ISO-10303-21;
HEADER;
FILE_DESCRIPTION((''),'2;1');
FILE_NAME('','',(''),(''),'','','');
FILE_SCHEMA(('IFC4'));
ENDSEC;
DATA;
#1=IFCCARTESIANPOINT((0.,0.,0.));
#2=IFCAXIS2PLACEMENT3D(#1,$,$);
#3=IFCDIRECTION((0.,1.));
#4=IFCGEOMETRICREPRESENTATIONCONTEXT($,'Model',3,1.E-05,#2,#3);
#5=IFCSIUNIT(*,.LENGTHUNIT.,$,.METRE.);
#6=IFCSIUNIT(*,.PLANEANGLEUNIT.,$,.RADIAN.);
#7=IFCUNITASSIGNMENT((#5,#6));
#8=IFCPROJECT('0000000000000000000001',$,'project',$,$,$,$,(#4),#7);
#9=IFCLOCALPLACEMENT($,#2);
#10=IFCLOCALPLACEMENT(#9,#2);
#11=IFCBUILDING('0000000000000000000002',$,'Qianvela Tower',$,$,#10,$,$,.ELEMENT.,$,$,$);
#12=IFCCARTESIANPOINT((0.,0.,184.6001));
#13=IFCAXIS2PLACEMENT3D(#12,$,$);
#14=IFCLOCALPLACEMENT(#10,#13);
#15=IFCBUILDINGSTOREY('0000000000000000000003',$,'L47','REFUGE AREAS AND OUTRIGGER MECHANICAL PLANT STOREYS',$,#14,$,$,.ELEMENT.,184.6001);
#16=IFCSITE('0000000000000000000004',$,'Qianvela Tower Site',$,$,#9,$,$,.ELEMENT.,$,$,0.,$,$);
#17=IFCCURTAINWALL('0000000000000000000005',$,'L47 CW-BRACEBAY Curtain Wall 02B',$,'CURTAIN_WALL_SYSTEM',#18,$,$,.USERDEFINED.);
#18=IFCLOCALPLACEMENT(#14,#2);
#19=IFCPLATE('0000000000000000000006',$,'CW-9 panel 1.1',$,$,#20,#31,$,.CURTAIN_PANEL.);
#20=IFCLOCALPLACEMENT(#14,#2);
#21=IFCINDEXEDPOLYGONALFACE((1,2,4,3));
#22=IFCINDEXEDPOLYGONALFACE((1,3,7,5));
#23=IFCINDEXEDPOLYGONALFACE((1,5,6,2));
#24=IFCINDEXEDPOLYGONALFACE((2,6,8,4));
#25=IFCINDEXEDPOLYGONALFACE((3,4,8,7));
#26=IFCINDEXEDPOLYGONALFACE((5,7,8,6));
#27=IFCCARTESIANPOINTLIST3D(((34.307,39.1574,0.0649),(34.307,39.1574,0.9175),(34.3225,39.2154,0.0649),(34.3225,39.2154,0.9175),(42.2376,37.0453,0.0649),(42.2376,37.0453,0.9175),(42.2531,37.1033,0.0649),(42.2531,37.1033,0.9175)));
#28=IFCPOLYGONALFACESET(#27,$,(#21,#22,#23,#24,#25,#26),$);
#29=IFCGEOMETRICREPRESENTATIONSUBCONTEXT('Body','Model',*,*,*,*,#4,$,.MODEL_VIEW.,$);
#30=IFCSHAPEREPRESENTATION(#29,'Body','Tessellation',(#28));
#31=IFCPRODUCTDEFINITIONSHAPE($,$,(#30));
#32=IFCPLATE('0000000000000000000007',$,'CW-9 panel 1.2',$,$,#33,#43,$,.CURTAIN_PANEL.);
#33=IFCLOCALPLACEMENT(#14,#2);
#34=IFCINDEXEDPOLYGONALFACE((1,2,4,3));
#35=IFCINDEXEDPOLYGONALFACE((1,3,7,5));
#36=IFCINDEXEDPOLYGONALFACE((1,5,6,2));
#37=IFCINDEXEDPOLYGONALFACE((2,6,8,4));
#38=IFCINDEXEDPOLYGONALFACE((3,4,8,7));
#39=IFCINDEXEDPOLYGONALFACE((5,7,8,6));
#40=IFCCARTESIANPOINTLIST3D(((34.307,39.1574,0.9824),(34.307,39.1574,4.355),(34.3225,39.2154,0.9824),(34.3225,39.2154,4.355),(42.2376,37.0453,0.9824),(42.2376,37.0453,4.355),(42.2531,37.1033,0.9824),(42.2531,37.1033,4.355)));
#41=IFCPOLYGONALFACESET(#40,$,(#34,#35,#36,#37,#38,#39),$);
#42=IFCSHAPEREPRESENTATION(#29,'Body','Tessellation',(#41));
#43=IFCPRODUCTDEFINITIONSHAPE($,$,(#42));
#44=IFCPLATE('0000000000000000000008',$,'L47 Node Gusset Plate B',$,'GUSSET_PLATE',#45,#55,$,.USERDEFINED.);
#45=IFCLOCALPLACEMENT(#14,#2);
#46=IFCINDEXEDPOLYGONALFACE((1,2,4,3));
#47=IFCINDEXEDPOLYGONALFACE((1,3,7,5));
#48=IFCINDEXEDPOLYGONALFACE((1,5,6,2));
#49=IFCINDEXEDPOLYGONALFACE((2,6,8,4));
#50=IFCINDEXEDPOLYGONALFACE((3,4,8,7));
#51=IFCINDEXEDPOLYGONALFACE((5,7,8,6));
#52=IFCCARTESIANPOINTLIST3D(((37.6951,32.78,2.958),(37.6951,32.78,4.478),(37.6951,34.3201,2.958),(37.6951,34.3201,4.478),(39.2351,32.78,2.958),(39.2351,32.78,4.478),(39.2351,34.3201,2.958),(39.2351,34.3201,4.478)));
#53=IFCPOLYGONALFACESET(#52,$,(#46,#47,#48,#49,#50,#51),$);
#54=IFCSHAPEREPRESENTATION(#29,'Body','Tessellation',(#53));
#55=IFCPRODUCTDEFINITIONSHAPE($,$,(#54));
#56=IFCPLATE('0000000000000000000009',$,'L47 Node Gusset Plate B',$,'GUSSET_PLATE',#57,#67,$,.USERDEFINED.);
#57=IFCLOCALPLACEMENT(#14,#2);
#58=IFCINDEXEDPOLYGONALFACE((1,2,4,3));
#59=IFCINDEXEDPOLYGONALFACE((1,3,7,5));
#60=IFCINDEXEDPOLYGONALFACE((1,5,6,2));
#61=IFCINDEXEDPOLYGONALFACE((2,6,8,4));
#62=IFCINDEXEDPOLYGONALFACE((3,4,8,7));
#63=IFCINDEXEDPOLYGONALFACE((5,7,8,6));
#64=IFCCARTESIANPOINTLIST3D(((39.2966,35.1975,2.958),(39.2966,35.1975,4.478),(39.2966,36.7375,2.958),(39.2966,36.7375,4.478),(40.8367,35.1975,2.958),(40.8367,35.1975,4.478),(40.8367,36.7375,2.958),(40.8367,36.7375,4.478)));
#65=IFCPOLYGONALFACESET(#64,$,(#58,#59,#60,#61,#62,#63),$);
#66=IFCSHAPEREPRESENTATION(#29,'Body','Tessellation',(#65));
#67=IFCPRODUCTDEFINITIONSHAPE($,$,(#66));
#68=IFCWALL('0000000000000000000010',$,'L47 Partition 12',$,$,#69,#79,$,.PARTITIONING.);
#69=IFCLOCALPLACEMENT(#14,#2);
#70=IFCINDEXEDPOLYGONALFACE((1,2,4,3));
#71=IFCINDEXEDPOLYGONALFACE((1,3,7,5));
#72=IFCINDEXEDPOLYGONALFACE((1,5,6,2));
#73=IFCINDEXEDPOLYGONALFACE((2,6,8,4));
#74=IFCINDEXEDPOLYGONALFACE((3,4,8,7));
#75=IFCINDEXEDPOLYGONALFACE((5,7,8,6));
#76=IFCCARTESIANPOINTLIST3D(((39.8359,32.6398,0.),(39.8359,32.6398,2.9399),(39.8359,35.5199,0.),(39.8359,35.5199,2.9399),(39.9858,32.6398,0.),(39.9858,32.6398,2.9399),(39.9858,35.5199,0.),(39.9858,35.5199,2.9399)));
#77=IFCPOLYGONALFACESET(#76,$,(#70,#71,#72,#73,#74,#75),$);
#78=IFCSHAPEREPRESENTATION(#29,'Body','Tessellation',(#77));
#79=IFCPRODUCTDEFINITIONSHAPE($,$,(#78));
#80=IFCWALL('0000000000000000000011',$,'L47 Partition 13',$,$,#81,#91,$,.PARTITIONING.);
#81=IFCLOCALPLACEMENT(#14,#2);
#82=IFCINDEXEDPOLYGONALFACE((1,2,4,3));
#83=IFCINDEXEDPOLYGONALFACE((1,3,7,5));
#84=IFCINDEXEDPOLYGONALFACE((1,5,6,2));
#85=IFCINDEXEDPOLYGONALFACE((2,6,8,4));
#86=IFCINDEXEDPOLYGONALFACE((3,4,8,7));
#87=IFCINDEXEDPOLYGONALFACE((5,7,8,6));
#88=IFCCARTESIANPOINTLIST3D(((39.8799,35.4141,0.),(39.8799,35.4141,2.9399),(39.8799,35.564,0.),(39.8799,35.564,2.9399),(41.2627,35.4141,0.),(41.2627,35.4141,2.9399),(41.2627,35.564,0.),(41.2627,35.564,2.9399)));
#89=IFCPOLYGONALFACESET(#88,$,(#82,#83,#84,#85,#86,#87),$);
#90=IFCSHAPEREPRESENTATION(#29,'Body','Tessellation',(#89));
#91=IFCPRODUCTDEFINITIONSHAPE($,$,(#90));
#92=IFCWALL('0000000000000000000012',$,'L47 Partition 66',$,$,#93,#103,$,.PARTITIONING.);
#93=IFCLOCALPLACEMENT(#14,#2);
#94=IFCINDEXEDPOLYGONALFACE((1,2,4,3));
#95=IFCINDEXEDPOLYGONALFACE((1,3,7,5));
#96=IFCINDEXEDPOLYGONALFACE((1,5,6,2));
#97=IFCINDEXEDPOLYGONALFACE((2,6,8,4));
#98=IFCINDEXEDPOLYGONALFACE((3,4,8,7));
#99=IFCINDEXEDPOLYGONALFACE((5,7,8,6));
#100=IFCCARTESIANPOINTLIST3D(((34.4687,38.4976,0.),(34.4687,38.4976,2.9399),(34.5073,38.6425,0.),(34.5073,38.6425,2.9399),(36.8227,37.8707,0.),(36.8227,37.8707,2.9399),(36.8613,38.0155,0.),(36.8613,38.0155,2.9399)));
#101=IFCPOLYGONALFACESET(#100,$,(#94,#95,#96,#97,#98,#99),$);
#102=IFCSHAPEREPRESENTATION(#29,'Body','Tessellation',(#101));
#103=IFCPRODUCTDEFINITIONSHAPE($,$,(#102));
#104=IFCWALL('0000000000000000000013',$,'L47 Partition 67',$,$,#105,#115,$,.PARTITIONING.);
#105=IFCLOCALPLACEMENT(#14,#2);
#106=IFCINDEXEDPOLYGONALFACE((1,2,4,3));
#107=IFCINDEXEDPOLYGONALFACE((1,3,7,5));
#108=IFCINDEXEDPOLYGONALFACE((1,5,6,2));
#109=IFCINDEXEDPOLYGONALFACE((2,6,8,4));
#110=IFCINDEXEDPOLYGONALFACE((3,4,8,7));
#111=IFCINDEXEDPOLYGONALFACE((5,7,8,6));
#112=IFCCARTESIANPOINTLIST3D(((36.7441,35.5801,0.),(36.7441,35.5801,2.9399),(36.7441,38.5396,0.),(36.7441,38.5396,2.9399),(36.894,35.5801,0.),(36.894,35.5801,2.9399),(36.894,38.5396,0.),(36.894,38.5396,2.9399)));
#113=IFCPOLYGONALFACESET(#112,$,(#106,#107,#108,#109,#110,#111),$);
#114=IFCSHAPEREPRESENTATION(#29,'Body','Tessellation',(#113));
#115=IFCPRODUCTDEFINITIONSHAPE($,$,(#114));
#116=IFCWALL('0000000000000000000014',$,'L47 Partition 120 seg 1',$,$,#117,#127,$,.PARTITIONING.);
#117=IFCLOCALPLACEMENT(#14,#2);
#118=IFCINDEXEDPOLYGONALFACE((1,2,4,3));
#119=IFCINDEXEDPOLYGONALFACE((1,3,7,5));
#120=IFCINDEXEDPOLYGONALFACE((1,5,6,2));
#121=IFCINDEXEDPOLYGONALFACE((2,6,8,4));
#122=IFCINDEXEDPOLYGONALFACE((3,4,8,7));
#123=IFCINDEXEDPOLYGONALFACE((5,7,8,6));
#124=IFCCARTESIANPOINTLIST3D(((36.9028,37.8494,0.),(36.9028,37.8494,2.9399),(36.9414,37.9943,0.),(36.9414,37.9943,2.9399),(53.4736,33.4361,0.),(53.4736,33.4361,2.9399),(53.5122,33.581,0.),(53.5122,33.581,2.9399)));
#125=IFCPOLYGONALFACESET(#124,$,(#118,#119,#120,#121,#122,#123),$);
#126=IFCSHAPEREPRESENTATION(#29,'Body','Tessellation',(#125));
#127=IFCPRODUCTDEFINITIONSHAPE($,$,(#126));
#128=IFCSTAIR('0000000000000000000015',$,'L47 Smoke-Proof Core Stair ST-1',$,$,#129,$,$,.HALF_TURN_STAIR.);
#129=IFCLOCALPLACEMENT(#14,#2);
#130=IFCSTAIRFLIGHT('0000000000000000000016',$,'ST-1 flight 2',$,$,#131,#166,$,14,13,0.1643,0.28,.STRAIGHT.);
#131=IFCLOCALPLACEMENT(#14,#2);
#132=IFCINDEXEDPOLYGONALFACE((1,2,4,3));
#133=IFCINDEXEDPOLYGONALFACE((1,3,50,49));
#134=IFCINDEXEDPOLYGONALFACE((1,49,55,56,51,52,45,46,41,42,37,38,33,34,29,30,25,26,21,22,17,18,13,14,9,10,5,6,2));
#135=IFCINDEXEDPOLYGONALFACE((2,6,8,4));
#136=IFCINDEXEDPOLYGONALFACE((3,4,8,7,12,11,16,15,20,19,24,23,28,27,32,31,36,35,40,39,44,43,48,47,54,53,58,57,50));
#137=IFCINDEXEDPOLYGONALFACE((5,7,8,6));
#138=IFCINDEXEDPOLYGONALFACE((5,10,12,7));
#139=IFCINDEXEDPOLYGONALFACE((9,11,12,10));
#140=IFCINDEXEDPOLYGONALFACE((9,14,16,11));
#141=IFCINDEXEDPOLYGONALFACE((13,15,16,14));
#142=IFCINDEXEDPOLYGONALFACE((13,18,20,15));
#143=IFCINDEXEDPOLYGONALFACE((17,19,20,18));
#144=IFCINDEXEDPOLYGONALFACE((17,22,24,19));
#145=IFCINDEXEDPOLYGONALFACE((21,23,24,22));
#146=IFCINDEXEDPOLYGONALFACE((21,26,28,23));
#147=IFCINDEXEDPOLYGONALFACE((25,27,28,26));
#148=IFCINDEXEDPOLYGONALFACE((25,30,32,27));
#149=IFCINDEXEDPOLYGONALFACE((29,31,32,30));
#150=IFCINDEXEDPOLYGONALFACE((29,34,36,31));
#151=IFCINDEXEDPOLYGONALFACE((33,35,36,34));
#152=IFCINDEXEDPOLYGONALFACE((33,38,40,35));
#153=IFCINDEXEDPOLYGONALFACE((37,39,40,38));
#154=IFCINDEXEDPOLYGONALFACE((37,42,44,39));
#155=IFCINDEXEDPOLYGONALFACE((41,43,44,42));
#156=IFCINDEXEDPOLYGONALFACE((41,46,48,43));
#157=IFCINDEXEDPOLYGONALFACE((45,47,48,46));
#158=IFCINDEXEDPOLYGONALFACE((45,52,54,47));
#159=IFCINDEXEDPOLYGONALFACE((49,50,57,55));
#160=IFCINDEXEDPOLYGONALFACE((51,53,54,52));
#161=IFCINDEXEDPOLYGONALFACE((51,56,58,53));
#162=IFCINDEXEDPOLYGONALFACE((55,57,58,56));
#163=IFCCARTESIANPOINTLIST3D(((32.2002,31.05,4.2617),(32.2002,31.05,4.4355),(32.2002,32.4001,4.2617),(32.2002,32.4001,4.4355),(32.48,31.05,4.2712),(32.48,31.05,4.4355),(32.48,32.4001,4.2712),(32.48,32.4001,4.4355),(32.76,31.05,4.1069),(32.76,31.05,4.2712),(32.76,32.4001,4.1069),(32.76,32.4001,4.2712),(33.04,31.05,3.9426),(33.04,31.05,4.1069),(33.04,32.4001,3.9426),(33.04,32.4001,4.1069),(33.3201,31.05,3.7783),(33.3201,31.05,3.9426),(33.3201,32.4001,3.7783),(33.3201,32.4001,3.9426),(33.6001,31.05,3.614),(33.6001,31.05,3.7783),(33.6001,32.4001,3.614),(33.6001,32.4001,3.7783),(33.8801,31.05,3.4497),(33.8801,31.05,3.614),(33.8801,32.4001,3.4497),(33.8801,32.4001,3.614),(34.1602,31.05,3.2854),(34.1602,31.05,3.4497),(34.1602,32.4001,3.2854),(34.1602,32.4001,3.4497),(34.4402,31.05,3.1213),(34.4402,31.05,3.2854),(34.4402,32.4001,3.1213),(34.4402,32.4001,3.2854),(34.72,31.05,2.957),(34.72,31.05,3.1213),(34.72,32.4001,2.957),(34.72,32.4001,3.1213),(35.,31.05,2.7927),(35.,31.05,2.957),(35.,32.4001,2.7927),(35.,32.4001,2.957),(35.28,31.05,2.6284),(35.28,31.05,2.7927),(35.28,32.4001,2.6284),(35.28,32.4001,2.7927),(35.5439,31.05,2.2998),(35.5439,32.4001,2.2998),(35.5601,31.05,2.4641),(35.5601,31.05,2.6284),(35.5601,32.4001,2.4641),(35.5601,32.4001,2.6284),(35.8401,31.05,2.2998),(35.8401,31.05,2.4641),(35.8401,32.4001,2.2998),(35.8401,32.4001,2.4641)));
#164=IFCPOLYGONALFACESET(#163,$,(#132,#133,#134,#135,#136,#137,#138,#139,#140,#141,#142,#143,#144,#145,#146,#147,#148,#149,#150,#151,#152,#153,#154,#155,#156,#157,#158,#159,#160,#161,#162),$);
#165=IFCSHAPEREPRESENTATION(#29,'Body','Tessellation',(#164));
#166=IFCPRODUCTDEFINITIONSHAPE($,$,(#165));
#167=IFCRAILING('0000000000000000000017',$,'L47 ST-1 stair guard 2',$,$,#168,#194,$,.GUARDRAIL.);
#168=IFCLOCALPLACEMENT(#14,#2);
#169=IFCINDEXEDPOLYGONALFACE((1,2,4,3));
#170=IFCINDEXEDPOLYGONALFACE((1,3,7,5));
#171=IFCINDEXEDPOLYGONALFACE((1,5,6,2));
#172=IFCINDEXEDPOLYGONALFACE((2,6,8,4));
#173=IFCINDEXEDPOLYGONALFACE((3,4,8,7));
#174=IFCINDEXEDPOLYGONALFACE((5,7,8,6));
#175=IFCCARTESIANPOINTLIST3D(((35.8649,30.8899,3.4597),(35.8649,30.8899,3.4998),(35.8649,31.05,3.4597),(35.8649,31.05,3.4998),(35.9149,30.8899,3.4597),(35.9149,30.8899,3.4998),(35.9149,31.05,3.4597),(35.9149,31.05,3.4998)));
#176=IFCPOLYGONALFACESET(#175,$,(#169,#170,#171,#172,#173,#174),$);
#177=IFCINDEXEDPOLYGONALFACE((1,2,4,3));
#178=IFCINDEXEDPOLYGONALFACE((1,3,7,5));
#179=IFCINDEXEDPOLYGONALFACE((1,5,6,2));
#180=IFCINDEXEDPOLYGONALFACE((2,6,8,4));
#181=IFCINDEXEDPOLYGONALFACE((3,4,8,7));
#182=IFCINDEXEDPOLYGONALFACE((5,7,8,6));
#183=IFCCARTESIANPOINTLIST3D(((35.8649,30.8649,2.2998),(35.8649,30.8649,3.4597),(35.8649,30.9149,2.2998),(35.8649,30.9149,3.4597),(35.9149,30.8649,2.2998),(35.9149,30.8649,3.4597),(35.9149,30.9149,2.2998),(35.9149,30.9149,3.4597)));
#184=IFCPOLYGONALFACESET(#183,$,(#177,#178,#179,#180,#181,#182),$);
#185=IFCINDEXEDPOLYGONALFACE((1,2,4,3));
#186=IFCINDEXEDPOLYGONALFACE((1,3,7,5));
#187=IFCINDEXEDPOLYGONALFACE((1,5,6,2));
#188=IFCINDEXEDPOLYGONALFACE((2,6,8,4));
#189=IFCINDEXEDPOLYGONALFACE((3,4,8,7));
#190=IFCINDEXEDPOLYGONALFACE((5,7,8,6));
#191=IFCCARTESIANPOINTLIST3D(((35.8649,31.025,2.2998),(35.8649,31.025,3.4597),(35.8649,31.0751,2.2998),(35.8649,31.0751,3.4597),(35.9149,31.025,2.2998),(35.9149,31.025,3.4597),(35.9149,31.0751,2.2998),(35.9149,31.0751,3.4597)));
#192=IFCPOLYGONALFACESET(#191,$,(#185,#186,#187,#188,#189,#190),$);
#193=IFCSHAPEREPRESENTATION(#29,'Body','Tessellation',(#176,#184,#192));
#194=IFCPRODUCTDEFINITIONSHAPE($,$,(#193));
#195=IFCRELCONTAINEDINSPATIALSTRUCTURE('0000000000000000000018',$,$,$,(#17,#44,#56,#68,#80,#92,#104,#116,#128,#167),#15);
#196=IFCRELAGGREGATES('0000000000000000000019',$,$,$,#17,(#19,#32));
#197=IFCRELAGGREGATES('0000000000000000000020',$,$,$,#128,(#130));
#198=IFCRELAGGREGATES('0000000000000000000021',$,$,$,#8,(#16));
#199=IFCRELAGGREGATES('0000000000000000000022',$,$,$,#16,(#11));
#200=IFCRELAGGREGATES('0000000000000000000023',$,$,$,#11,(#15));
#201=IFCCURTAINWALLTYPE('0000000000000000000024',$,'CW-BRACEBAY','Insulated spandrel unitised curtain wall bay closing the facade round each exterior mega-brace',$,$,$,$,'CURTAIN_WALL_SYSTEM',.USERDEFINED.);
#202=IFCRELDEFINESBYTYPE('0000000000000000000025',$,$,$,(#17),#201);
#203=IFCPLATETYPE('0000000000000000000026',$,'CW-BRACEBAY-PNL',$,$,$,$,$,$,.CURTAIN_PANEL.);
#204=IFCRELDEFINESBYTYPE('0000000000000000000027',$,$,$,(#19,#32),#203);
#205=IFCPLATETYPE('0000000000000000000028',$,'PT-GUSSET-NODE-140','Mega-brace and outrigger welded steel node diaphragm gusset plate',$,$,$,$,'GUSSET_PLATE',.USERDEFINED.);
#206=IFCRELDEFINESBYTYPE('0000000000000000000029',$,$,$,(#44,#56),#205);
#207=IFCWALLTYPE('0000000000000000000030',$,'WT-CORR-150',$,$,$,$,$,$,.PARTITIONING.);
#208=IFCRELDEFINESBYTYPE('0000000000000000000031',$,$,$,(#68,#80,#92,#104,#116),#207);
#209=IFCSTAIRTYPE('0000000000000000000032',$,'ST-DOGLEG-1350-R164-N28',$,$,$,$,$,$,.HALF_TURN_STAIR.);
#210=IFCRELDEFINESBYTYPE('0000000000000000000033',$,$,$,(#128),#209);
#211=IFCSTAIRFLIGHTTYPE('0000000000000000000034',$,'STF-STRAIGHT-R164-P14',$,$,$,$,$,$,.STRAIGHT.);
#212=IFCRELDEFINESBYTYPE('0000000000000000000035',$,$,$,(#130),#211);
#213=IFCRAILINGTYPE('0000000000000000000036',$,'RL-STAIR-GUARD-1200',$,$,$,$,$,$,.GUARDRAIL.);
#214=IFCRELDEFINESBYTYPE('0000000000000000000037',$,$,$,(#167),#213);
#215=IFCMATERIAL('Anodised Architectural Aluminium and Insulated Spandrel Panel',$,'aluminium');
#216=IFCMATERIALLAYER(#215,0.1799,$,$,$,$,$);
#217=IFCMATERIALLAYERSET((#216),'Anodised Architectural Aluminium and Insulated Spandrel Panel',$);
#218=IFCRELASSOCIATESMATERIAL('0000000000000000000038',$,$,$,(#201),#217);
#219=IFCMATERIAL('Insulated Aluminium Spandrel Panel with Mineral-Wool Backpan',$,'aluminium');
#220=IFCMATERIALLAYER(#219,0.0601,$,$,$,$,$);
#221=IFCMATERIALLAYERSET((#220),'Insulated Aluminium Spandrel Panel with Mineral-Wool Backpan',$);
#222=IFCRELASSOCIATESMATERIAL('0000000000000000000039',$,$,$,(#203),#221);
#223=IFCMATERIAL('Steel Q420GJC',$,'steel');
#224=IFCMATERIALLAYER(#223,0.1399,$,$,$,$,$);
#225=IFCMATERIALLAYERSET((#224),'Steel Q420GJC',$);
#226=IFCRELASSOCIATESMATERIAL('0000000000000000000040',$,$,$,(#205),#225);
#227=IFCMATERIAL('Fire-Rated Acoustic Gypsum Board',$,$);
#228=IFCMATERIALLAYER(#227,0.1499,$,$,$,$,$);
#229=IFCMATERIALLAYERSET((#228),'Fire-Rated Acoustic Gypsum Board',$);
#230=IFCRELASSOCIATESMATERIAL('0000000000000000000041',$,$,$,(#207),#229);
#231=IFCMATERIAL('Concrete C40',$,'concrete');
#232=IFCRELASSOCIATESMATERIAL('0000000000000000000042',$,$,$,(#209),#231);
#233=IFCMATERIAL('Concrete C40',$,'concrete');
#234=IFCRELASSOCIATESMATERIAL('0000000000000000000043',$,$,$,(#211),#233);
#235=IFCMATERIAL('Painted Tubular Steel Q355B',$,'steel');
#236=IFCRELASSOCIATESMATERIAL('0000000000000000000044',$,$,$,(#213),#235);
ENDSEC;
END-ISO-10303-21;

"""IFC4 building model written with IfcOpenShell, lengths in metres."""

from ifc_helpers import new_model, si_unit, direction, frame, frame_2d, origin, origin_2d, place, context, subcontext, project, spatial, polyline, rectangle, outline, extrude, material, layer, layer_set, type_object, element, aggregate, save


model = new_model("IFC4")

# Units and contexts
model_context = context("Model", 3, precision=1e-05, world=origin(), true_north=direction((0.0, 1.0)))
body_context = subcontext(model_context, "Body", "Model", "MODEL_VIEW")
ifc_project = project(units=[si_unit("LENGTHUNIT", "METRE"), si_unit("PLANEANGLEUNIT", "RADIAN")], contexts=[model_context])

# Site, building, storey
site_placement = place(None, origin())
site = spatial("IfcSite", under=ifc_project, at=site_placement, Name="Qianvela Tower Site", CompositionType="ELEMENT", RefElevation=0.0)
building_placement = place(site_placement, origin())
building = spatial("IfcBuilding", under=site, at=building_placement, Name="Qianvela Tower", CompositionType="ELEMENT")
storey_placement = place(building_placement, frame((0.0, 0.0, 184.6001)))
storey = spatial("IfcBuildingStorey", under=building, at=storey_placement, Name="L47", Description="REFUGE AREAS AND OUTRIGGER MECHANICAL PLANT STOREYS", CompositionType="ELEMENT", Elevation=184.6001)

# Curtain wall
ifc_material_1 = material(Name="Anodised Architectural Aluminium and Insulated Spandrel Panel", Category="aluminium")
ifc_layer_1 = layer(ifc_material_1, 0.1799)
ifc_layer_set_1 = layer_set([ifc_layer_1], Name="Anodised Architectural Aluminium and Insulated Spandrel Panel")
curtain_wall_type = type_object("IfcCurtainWallType", Name="CW-BRACEBAY", Description="Insulated spandrel unitised curtain wall bay closing the facade round each exterior mega-brace", ElementType="CURTAIN_WALL_SYSTEM", PredefinedType="USERDEFINED", material=ifc_layer_set_1)
curtain_wall_placement = place(storey_placement, origin())
curtain_wall = element("IfcCurtainWall", 1, at=curtain_wall_placement, inside=storey, type_object=curtain_wall_type, Name="L47 CW-BRACEBAY Curtain Wall 02B", ObjectType="CURTAIN_WALL_SYSTEM", PredefinedType="USERDEFINED")

# Plates
ifc_material_2 = material(Name="Insulated Aluminium Spandrel Panel with Mineral-Wool Backpan", Category="aluminium")
ifc_layer_2 = layer(ifc_material_2, 0.0601)
ifc_layer_set_2 = layer_set([ifc_layer_2], Name="Insulated Aluminium Spandrel Panel with Mineral-Wool Backpan")
plate_type_1 = type_object("IfcPlateType", Name="CW-BRACEBAY-PNL", PredefinedType="CURTAIN_PANEL", material=ifc_layer_set_2)
plate_1_placement = place(storey_placement, frame((38.28, 38.1304, 0.0649), z_axis=(0.0, 0.0, 1.0), x_axis=(-0.966318, 0.257351, 0.0)))
plate_1 = element("IfcPlate", 2, at=plate_1_placement, type_object=plate_type_1, Name="CW-9 panel 1.1", PredefinedType="CURTAIN_PANEL", context=body_context, shape_type="SweptSolid", body=[
    extrude(rectangle(XDim=8.207, YDim=0.0601, at=origin_2d()), origin(), (0.0, 0.0, 1.0), 0.8525),
])
plate_2_placement = place(storey_placement, frame((38.28, 38.1304, 0.9824), z_axis=(0.0, 0.0, 1.0), x_axis=(-0.966318, 0.257351, 0.0)))
plate_2 = element("IfcPlate", 3, at=plate_2_placement, type_object=plate_type_1, Name="CW-9 panel 1.2", PredefinedType="CURTAIN_PANEL", context=body_context, shape_type="SweptSolid", body=[
    extrude(rectangle(XDim=8.207, YDim=0.0601, at=origin_2d()), origin(), (0.0, 0.0, 1.0), 3.3726),
])
aggregate(curtain_wall, [plate_1, plate_2])

# Plates
ifc_material_3 = material(Name="Steel Q420GJC", Category="steel")
ifc_layer_3 = layer(ifc_material_3, 0.1399)
ifc_layer_set_3 = layer_set([ifc_layer_3], Name="Steel Q420GJC")
plate_type_2 = type_object("IfcPlateType", Name="PT-GUSSET-NODE-140", Description="Mega-brace and outrigger welded steel node diaphragm gusset plate", ElementType="GUSSET_PLATE", PredefinedType="USERDEFINED", material=ifc_layer_set_3)
for number, where, z_axis, x_axis, name in (
    (4, (38.4651, 33.55, 2.958), (0.0, 0.0, 1.0), (1.0, 0.0, 0.0), "L47 Node Gusset Plate B"),
    (5, (40.0667, 35.9675, 2.958), (0.0, 0.0, 1.0), (1.0, 0.0, 0.0), "L47 Node Gusset Plate B"),
):
    element("IfcPlate", number, at=place(storey_placement, frame(where, z_axis=z_axis, x_axis=x_axis)), inside=storey, type_object=plate_type_2, Name=name, ObjectType="GUSSET_PLATE", PredefinedType="USERDEFINED", context=body_context, shape_type="SweptSolid", body=[
        extrude(rectangle(XDim=1.54, YDim=1.54, at=origin_2d()), origin(), (0.0, 0.0, 1.0), 1.52),
    ])

# Walls
ifc_material_4 = material(Name="Fire-Rated Acoustic Gypsum Board")
ifc_layer_4 = layer(ifc_material_4, 0.1499)
ifc_layer_set_4 = layer_set([ifc_layer_4], Name="Fire-Rated Acoustic Gypsum Board")
wall_type = type_object("IfcWallType", Name="WT-CORR-150", PredefinedType="PARTITIONING", material=ifc_layer_set_4)
wall_1_placement = place(storey_placement, frame((39.9109, 32.6399, 0.0), z_axis=(0.0, 0.0, 1.0), x_axis=(0.0, 1.0, 0.0)))
element("IfcWall", 6, at=wall_1_placement, inside=storey, type_object=wall_type, Name="L47 Partition 12", PredefinedType="PARTITIONING", context=body_context, shape_type="SweptSolid", body=[
    extrude(rectangle(XDim=2.8801, YDim=0.1499, at=frame_2d((1.4399, 0.0))), origin(), (0.0, 0.0, 1.0), 2.9399),
])
wall_2_placement = place(storey_placement, frame((39.8799, 35.489, 0.0), z_axis=(0.0, 0.0, 1.0), x_axis=(1.0, 0.0, 0.0)))
element("IfcWall", 7, at=wall_2_placement, inside=storey, type_object=wall_type, Name="L47 Partition 13", PredefinedType="PARTITIONING", context=body_context, shape_type="SweptSolid", body=[
    extrude(rectangle(XDim=1.3828, YDim=0.1499, at=frame_2d((0.6914, 0.0))), origin(), (0.0, 0.0, 1.0), 2.9399),
])
wall_3_placement = place(storey_placement, frame((34.488, 38.5701, 0.0), z_axis=(0.0, 0.0, 1.0), x_axis=(0.966315, -0.257363, 0.0)))
element("IfcWall", 8, at=wall_3_placement, inside=storey, type_object=wall_type, Name="L47 Partition 66", PredefinedType="PARTITIONING", context=body_context, shape_type="SweptSolid", body=[
    extrude(rectangle(XDim=2.436, YDim=0.1499, at=frame_2d((1.218, 0.0))), origin(), (0.0, 0.0, 1.0), 2.9399),
])
wall_4_placement = place(storey_placement, frame((36.8191, 38.5396, 0.0), z_axis=(0.0, 0.0, 1.0), x_axis=(0.0, -1.0, 0.0)))
element("IfcWall", 9, at=wall_4_placement, inside=storey, type_object=wall_type, Name="L47 Partition 67", PredefinedType="PARTITIONING", context=body_context, shape_type="SweptSolid", body=[
    extrude(rectangle(XDim=2.9595, YDim=0.1499, at=frame_2d((1.4797, 0.0))), origin(), (0.0, 0.0, 1.0), 2.9399),
])

# Wall
wall_5_placement = place(storey_placement, frame((36.9221, 37.9219, 0.0), z_axis=(0.0, 0.0, 1.0), x_axis=(0.966315, -0.25736, 0.0)))
element("IfcWall", 10, at=wall_5_placement, inside=storey, type_object=wall_type, Name="L47 Partition 120 seg 1", PredefinedType="PARTITIONING", context=body_context, shape_type="SweptSolid", body=[
    extrude(rectangle(XDim=17.1484, YDim=0.1499, at=frame_2d((8.5742, 0.0))), origin(), (0.0, 0.0, 1.0), 2.9399),
])

# Stair, stair flight
ifc_material_5 = material(Name="Concrete C40", Category="concrete")
stair_type = type_object("IfcStairType", Name="ST-DOGLEG-1350-R164-N28", PredefinedType="HALF_TURN_STAIR", material=ifc_material_5)
stair_placement = place(storey_placement, origin())
stair = element("IfcStair", 11, at=stair_placement, inside=storey, type_object=stair_type, Name="L47 Smoke-Proof Core Stair ST-1", PredefinedType="HALF_TURN_STAIR")
ifc_material_6 = material(Name="Concrete C40", Category="concrete")
stair_flight_type = type_object("IfcStairFlightType", Name="STF-STRAIGHT-R164-P14", PredefinedType="STRAIGHT", material=ifc_material_6)
stair_flight_placement = place(storey_placement, frame((35.8401, 31.7251, 2.2998), z_axis=(0.0, 0.0, 1.0), x_axis=(-1.0, 0.0, 0.0)))
stair_flight = element("IfcStairFlight", 12, at=stair_flight_placement, type_object=stair_flight_type, Name="ST-1 flight 2", NumberOfRisers=14, NumberOfTreads=13, PredefinedType="STRAIGHT", RiserHeight=0.1643, TreadLength=0.28, context=body_context, shape_type="SweptSolid", body=[
    extrude(outline(polyline([(0.0, 0.0), (0.0, 0.1643), (0.28, 0.1643), (0.28, 0.3286), (0.5601, 0.3286), (0.5601, 0.4929), (0.8401, 0.4929), (0.8401, 0.6572), (1.1201, 0.6572), (1.1201, 0.8215), (1.3999, 0.8215), (1.3999, 0.9856), (1.6799, 0.9856), (1.6799, 1.1499), (1.96, 1.1499), (1.96, 1.3142), (2.24, 1.3142), (2.24, 1.4785), (2.52, 1.4785), (2.52, 1.6428), (2.8, 1.6428), (2.8, 1.8071), (3.0801, 1.8071), (3.0801, 1.9714), (3.3601, 1.9714), (3.3601, 2.1357), (3.6399, 2.1357), (3.6399, 2.3), (3.6399, 1.9619), (0.2961, 0.0), (0.0, 0.0)])), frame((0.0, 0.675, 0.0), z_axis=(0.0, -1.0, 0.0), x_axis=(1.0, 0.0, 0.0)), (0.0, 0.0, 1.0), 1.3501),
])
aggregate(stair, [stair_flight])

# Railing
ifc_material_7 = material(Name="Painted Tubular Steel Q355B", Category="steel")
railing_type_1 = type_object("IfcRailingType", Name="RL-STAIR-GUARD-1200", PredefinedType="GUARDRAIL", material=ifc_material_7)
railing_1_placement = place(storey_placement, frame((35.8899, 30.8899, 2.2998)))
element("IfcRailing", 13, at=railing_1_placement, inside=storey, type_object=railing_type_1, Name="L47 ST-1 stair guard 2", PredefinedType="GUARDRAIL", context=body_context, shape_type="SweptSolid", body=[
    extrude(rectangle(XDim=0.05, YDim=0.04, at=origin_2d()), frame((0.0, 0.0, 1.1799), z_axis=(0.0, 1.0, 0.0), x_axis=(-1.0, 0.0, 0.0)), (0.0, 0.0, 1.0), 0.1602),
    extrude(rectangle(XDim=0.05, YDim=0.05, at=origin_2d()), origin(), (0.0, 0.0, 1.0), 1.1599),
    extrude(rectangle(XDim=0.05, YDim=0.05, at=origin_2d()), frame((0.0, 0.1602, 0.0)), (0.0, 0.0, 1.0), 1.1599),
])

save(model, "model.ifc")
